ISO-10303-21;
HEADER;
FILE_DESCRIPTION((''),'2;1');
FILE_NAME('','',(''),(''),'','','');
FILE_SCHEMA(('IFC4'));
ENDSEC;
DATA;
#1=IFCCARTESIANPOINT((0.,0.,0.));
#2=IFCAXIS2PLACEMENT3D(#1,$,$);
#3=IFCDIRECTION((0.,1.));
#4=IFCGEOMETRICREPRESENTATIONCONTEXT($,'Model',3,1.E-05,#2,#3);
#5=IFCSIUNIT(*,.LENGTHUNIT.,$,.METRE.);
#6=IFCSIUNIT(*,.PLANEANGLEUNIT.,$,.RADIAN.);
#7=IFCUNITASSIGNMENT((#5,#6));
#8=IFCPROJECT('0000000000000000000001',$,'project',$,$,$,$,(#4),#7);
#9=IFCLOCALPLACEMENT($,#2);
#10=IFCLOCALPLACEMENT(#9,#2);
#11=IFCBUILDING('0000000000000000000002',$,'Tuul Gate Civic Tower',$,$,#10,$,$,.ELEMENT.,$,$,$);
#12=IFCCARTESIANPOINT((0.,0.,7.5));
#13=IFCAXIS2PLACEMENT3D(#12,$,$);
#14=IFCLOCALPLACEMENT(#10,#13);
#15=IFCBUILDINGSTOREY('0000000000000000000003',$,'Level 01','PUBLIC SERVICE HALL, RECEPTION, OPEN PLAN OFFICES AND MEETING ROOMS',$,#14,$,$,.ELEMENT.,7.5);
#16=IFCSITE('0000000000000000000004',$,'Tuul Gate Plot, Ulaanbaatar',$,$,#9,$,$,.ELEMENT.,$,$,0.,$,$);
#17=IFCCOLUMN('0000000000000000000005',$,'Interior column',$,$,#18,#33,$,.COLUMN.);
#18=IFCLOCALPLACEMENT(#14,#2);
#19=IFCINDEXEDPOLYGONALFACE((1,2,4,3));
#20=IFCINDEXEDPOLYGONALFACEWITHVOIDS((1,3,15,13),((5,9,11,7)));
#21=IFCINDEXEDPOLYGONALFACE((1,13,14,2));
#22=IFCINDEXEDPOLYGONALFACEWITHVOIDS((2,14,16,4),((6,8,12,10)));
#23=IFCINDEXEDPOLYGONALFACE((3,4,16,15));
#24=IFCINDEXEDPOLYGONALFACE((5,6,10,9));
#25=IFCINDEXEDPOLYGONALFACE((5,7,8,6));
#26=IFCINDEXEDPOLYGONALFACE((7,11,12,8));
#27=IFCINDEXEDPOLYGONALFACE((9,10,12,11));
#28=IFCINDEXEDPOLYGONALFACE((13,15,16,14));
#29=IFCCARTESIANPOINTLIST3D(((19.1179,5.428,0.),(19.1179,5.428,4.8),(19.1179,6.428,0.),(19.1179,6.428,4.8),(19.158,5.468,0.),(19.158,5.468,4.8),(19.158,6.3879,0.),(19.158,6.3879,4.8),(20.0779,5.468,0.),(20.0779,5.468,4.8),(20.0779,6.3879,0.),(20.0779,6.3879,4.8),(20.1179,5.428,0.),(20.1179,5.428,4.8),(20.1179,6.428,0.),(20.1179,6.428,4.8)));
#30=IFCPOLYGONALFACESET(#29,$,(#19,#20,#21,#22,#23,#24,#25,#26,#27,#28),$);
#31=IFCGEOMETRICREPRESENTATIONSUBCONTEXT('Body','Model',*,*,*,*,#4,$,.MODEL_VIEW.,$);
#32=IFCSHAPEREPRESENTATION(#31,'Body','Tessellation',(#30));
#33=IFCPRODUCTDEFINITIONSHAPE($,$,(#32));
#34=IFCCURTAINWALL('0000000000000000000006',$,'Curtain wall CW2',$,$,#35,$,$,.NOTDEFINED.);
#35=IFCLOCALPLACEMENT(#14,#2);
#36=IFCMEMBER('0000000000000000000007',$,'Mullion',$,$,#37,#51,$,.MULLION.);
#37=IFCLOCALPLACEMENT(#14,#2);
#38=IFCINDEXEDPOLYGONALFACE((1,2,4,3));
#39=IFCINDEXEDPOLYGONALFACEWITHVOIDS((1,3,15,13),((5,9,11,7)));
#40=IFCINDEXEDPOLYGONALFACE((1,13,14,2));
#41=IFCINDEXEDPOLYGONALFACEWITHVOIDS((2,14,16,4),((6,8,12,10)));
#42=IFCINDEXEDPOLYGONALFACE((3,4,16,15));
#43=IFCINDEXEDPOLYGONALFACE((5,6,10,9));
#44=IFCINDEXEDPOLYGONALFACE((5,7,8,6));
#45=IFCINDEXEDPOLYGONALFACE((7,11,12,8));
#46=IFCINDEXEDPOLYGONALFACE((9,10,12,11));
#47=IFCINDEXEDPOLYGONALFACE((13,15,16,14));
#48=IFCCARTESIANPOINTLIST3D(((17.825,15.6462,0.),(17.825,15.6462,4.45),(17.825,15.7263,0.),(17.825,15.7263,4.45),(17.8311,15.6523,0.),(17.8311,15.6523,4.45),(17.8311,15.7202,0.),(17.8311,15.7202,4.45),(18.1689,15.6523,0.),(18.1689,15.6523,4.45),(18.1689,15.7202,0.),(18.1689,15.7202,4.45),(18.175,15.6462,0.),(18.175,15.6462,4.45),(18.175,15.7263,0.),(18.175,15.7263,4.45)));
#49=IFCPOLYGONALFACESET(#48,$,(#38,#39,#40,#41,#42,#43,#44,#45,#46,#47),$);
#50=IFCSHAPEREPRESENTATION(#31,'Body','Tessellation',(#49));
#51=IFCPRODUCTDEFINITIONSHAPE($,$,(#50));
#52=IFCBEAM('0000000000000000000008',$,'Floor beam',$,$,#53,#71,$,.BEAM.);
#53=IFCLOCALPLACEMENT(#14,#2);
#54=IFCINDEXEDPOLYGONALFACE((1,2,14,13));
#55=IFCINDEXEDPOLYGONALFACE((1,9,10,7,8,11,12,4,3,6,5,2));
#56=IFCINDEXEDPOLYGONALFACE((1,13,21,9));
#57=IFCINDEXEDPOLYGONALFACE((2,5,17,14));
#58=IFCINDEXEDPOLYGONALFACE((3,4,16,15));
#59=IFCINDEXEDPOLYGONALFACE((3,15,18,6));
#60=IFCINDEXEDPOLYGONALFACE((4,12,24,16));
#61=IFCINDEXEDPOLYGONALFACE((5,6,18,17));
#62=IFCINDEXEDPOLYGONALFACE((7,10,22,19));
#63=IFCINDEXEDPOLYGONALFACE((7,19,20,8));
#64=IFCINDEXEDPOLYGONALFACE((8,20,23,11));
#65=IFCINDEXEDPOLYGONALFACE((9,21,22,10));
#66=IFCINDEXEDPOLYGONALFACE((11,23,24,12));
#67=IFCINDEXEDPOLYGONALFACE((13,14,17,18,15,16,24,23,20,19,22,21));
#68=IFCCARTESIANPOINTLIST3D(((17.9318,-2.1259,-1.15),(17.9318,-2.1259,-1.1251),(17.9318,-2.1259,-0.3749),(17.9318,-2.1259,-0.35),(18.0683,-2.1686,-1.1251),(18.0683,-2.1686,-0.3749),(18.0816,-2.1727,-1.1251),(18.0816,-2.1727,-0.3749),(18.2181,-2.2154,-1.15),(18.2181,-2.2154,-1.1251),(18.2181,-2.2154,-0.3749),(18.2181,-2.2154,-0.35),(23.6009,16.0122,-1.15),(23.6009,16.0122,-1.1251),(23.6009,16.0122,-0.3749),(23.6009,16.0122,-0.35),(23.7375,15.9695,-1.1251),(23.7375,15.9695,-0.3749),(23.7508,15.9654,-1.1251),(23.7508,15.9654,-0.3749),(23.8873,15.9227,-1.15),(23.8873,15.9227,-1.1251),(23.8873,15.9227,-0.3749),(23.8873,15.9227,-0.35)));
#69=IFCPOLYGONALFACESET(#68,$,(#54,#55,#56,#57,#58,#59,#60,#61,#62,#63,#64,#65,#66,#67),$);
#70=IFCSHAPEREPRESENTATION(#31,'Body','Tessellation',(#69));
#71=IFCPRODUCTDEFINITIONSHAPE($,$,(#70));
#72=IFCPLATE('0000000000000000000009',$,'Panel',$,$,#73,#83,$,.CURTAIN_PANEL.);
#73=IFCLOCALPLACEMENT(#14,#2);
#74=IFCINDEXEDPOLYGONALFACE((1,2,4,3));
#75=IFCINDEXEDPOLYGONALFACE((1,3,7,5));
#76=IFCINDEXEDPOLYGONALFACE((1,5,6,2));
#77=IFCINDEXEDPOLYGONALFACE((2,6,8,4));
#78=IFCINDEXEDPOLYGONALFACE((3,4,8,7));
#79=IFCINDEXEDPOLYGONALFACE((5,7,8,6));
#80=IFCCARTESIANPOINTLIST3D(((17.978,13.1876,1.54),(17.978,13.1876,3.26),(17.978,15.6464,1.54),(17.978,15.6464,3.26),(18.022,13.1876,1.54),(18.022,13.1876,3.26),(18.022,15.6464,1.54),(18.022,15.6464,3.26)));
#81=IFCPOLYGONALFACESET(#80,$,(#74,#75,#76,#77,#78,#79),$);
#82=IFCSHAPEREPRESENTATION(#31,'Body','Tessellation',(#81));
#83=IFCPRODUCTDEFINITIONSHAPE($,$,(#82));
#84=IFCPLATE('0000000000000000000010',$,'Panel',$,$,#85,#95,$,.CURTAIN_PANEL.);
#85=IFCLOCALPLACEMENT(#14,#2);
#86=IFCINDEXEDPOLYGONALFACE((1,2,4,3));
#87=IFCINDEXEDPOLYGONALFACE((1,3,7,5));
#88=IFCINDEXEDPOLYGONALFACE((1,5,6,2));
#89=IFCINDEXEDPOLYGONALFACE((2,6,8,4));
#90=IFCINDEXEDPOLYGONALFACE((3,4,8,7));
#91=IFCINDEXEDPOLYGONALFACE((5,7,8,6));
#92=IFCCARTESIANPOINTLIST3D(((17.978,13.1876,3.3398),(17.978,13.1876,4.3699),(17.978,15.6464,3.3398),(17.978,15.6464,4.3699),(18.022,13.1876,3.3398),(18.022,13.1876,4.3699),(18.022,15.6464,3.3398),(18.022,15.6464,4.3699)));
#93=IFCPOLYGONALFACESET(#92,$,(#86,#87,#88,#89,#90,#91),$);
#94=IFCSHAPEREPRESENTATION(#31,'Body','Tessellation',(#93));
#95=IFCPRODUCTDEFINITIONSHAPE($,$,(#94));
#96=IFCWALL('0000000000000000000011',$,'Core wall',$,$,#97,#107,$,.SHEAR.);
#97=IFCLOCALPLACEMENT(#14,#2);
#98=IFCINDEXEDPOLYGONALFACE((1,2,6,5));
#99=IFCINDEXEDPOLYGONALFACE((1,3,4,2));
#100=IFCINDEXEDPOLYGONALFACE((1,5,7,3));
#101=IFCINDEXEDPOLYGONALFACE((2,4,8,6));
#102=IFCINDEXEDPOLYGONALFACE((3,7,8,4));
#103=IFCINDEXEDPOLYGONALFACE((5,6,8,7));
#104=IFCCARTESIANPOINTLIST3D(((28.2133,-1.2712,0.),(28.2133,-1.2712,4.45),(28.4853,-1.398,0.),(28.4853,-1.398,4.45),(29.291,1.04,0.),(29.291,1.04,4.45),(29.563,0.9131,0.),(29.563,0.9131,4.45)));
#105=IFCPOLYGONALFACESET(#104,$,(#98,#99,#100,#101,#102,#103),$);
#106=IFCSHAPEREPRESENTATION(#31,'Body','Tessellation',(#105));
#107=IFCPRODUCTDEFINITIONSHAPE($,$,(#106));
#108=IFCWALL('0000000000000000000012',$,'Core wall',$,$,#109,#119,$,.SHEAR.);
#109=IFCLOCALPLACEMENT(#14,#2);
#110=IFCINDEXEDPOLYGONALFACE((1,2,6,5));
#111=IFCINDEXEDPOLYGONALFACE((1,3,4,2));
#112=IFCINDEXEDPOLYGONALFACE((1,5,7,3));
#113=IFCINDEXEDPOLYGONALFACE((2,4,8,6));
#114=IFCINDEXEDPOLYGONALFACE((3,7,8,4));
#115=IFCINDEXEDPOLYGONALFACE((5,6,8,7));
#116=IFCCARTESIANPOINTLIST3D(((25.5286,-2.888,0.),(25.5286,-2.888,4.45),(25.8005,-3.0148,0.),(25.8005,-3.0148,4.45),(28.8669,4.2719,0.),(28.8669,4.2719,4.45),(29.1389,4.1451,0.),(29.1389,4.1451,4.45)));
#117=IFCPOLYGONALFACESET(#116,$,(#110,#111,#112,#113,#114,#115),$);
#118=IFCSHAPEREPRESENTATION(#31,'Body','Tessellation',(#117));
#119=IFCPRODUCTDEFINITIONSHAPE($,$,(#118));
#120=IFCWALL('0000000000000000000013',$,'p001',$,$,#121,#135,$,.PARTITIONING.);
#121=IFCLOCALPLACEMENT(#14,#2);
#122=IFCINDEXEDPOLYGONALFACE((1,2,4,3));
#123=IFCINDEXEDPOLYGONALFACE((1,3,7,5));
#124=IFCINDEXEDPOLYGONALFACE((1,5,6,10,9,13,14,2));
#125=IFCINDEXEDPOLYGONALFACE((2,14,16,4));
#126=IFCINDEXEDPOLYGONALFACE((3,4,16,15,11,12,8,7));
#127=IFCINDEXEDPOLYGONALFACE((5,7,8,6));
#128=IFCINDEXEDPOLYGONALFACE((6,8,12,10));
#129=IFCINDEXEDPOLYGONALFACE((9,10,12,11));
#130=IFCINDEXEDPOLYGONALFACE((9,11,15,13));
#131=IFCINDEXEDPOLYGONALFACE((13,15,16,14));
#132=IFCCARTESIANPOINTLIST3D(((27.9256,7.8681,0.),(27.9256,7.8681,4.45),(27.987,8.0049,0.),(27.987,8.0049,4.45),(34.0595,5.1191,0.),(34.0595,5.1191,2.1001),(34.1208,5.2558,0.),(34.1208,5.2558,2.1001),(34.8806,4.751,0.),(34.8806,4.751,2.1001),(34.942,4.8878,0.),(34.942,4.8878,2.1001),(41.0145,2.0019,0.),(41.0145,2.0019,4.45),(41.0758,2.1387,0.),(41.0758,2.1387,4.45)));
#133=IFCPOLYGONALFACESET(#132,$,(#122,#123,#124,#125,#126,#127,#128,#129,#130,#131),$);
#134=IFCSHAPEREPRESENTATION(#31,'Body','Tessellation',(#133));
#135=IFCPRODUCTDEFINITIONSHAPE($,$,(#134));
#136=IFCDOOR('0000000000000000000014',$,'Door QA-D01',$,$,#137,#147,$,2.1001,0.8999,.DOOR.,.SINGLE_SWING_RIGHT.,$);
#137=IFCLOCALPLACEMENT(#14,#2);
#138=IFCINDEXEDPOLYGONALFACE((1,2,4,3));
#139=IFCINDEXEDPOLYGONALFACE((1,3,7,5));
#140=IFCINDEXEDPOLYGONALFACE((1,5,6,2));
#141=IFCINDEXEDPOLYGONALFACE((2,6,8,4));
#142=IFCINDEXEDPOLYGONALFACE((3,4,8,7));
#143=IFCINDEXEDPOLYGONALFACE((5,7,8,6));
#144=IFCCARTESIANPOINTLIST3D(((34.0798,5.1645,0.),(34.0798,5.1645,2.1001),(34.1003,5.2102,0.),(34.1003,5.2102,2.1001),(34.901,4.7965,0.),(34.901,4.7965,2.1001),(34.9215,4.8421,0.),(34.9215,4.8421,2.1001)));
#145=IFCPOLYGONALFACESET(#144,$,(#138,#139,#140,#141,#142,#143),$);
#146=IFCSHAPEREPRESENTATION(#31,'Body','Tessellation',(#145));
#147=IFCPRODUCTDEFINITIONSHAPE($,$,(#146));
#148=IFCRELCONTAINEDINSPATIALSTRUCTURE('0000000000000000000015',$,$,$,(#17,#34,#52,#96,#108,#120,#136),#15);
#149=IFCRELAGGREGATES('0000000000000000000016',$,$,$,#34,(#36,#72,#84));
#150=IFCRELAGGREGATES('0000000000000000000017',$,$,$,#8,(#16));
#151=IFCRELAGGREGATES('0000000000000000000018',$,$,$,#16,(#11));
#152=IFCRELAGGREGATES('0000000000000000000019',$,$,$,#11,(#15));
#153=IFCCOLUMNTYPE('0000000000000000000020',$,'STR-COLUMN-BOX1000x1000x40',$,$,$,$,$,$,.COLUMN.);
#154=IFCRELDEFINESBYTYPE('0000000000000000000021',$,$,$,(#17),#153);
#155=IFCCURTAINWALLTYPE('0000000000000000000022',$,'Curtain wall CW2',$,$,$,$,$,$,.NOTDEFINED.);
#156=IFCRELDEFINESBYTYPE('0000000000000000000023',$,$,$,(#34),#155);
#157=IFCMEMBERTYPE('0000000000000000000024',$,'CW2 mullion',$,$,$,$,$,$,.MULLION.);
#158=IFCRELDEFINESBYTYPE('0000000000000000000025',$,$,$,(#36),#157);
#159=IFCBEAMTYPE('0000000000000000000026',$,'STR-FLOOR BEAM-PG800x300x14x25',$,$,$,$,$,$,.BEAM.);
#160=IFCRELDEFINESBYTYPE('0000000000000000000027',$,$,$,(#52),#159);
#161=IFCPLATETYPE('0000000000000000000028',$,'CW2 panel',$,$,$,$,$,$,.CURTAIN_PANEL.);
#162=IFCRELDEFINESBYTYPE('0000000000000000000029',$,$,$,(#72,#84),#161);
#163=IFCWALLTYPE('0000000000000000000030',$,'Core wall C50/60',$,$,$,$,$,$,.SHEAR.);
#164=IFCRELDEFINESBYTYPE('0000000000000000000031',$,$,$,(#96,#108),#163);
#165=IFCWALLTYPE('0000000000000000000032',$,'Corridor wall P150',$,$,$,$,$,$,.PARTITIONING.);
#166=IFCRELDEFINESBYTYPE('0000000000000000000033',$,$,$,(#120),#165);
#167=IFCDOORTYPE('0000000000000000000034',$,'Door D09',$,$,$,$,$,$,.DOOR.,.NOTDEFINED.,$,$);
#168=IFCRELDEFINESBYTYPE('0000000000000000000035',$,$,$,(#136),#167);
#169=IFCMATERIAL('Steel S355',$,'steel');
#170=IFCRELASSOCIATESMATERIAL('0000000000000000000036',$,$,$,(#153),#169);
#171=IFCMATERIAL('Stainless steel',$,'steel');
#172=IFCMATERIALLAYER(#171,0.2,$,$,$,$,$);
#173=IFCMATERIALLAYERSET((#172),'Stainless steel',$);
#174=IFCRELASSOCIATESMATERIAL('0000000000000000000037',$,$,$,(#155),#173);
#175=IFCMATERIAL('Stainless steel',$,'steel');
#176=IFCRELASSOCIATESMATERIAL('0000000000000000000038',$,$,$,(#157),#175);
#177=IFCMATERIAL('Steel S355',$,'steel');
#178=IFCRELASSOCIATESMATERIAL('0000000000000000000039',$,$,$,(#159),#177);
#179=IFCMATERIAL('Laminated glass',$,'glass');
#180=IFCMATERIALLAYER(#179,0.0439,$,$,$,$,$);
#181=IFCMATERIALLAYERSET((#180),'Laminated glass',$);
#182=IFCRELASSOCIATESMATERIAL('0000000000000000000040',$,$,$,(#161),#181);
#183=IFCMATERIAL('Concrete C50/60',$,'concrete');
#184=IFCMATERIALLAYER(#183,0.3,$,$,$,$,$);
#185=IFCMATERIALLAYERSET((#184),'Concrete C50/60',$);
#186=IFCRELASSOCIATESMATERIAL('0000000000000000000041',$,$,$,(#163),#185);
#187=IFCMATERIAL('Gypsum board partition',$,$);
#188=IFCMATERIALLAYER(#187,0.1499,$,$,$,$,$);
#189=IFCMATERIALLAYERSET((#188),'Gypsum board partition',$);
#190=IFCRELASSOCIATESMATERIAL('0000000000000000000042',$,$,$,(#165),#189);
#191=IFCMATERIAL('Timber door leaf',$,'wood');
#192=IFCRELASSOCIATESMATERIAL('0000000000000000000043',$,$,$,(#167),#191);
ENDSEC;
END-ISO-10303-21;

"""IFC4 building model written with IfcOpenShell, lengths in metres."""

from ifc_helpers import new_model, si_unit, direction, frame, frame_2d, origin, origin_2d, place, context, subcontext, project, spatial, rectangle, hollow_rectangle, i_section, extrude, material, layer, layer_set, material_profile, profile_set, type_object, element, fill, aggregate, save


model = new_model("IFC4")

# Units and contexts
model_context = context("Model", 3, precision=1e-05, world=origin(), true_north=direction((0.0, 1.0)))
body_context = subcontext(model_context, "Body", "Model", "MODEL_VIEW")
ifc_project = project(units=[si_unit("LENGTHUNIT", "METRE"), si_unit("PLANEANGLEUNIT", "RADIAN")], contexts=[model_context])

# Site, building, storey
site_placement = place(None, origin())
site = spatial("IfcSite", under=ifc_project, at=site_placement, Name="Tuul Gate Plot, Ulaanbaatar", CompositionType="ELEMENT", RefElevation=0.0)
building_placement = place(site_placement, origin())
building = spatial("IfcBuilding", under=site, at=building_placement, Name="Tuul Gate Civic Tower", CompositionType="ELEMENT")
storey_placement = place(building_placement, frame((0.0, 0.0, 7.5)))
storey = spatial("IfcBuildingStorey", under=building, at=storey_placement, Name="Level 01", Description="PUBLIC SERVICE HALL, RECEPTION, OPEN PLAN OFFICES AND MEETING ROOMS", CompositionType="ELEMENT", Elevation=7.5)

# Column
ifc_material_1 = material(Name="Steel S355", Category="steel")
ifc_material_profile_1 = material_profile(ifc_material_1, hollow_rectangle(XDim=1.0, YDim=1.0, WallThickness=0.04, at=origin_2d()), Name="BOX1000x1000x40")
ifc_profile_set_1 = profile_set([ifc_material_profile_1], Name="Steel S355")
column_type = type_object("IfcColumnType", Name="STR-COLUMN-BOX1000x1000x40", PredefinedType="COLUMN", material=ifc_profile_set_1)
column_placement = place(storey_placement, frame((19.6179, 5.928, 0.0), z_axis=(0.0, 0.0, 1.0), x_axis=(1.0, 0.0, 0.0)))
element("IfcColumn", 1, at=column_placement, inside=storey, type_object=column_type, Name="Interior column", PredefinedType="COLUMN", context=body_context, shape_type="SweptSolid", body=[
    extrude(hollow_rectangle(XDim=1.0, YDim=1.0, WallThickness=0.04, at=origin_2d()), origin(), (0.0, 0.0, 1.0), 4.8),
])

# Curtain wall, member
ifc_material_2 = material(Name="Stainless steel", Category="steel")
ifc_layer_1 = layer(ifc_material_2, 0.2)
ifc_layer_set_1 = layer_set([ifc_layer_1], Name="Stainless steel")
curtain_wall_type = type_object("IfcCurtainWallType", Name="Curtain wall CW2", PredefinedType="NOTDEFINED", material=ifc_layer_set_1)
curtain_wall_placement = place(storey_placement, origin())
curtain_wall = element("IfcCurtainWall", 2, at=curtain_wall_placement, inside=storey, type_object=curtain_wall_type, Name="Curtain wall CW2", PredefinedType="NOTDEFINED")
ifc_material_3 = material(Name="Stainless steel", Category="steel")
ifc_material_profile_2 = material_profile(ifc_material_3, hollow_rectangle(XDim=0.3501, YDim=0.0801, WallThickness=0.0061, at=origin_2d()), Name="CW2 mullion")
ifc_profile_set_2 = profile_set([ifc_material_profile_2], Name="Stainless steel")
member_type = type_object("IfcMemberType", Name="CW2 mullion", PredefinedType="MULLION", material=ifc_profile_set_2)
member_placement = place(storey_placement, frame((18.0, 15.6863, 0.0), z_axis=(0.0, 0.0, 1.0), x_axis=(-1.0, 0.0, 0.0)))
member = element("IfcMember", 3, at=member_placement, type_object=member_type, Name="Mullion", PredefinedType="MULLION", context=body_context, shape_type="SweptSolid", body=[
    extrude(hollow_rectangle(XDim=0.3501, YDim=0.0801, WallThickness=0.0061, at=origin_2d()), origin(), (0.0, 0.0, 1.0), 4.45),
])

# Beam
ifc_material_4 = material(Name="Steel S355", Category="steel")
ifc_material_profile_3 = material_profile(ifc_material_4, i_section(OverallWidth=0.3, OverallDepth=0.8, WebThickness=0.0139, FlangeThickness=0.0249, at=origin_2d()), Name="PG800x300x14x25")
ifc_profile_set_3 = profile_set([ifc_material_profile_3], Name="Steel S355")
beam_type = type_object("IfcBeamType", Name="STR-FLOOR BEAM-PG800x300x14x25", PredefinedType="BEAM", material=ifc_profile_set_3)
beam_placement = place(storey_placement, frame((18.075, -2.1707, -0.75), z_axis=(0.298323, 0.954465, 0.0), x_axis=(-0.954465, 0.298323, 0.0)))
element("IfcBeam", 4, at=beam_placement, inside=storey, type_object=beam_type, Name="Floor beam", PredefinedType="BEAM", context=body_context, shape_type="SweptSolid", body=[
    extrude(i_section(OverallWidth=0.3, OverallDepth=0.8, WebThickness=0.0139, FlangeThickness=0.0249, at=origin_2d()), origin(), (0.0, 0.0, 1.0), 19.0034),
])

# Plates
ifc_material_5 = material(Name="Laminated glass", Category="glass")
ifc_layer_2 = layer(ifc_material_5, 0.0439)
ifc_layer_set_2 = layer_set([ifc_layer_2], Name="Laminated glass")
plate_type = type_object("IfcPlateType", Name="CW2 panel", PredefinedType="CURTAIN_PANEL", material=ifc_layer_set_2)
plate_1_placement = place(storey_placement, frame((18.0, 14.417, 1.54), z_axis=(0.0, 0.0, 1.0), x_axis=(0.0, 1.0, 0.0)))
plate_1 = element("IfcPlate", 5, at=plate_1_placement, type_object=plate_type, Name="Panel", PredefinedType="CURTAIN_PANEL", context=body_context, shape_type="SweptSolid", body=[
    extrude(rectangle(XDim=2.4587, YDim=0.0439, at=origin_2d()), origin(), (0.0, 0.0, 1.0), 1.72),
])
plate_2_placement = place(storey_placement, frame((18.0, 14.417, 3.3398), z_axis=(0.0, 0.0, 1.0), x_axis=(0.0, 1.0, 0.0)))
plate_2 = element("IfcPlate", 6, at=plate_2_placement, type_object=plate_type, Name="Panel", PredefinedType="CURTAIN_PANEL", context=body_context, shape_type="SweptSolid", body=[
    extrude(rectangle(XDim=2.4587, YDim=0.0439, at=origin_2d()), origin(), (0.0, 0.0, 1.0), 1.03),
])
aggregate(curtain_wall, [member, plate_1, plate_2])

# Walls
ifc_material_6 = material(Name="Concrete C50/60", Category="concrete")
ifc_layer_3 = layer(ifc_material_6, 0.3)
ifc_layer_set_3 = layer_set([ifc_layer_3], Name="Concrete C50/60")
wall_type_1 = type_object("IfcWallType", Name="Core wall C50/60", PredefinedType="SHEAR", material=ifc_layer_set_3)
wall_1_placement = place(storey_placement, frame((28.3494, -1.3345, 0.0), z_axis=(0.0, 0.0, 1.0), x_axis=(0.422613, 0.90631, 0.0)))
element("IfcWall", 7, at=wall_1_placement, inside=storey, type_object=wall_type_1, Name="Core wall", PredefinedType="SHEAR", context=body_context, shape_type="SweptSolid", body=[
    extrude(rectangle(XDim=2.55, YDim=0.3, at=frame_2d((1.2749, 0.0))), origin(), (0.0, 0.0, 1.0), 4.45),
])
wall_2_placement = place(storey_placement, frame((25.6646, -2.9514, 0.0), z_axis=(0.0, 0.0, 1.0), x_axis=(0.422583, 0.906324, 0.0)))
element("IfcWall", 8, at=wall_2_placement, inside=storey, type_object=wall_type_1, Name="Core wall", PredefinedType="SHEAR", context=body_context, shape_type="SweptSolid", body=[
    extrude(rectangle(XDim=7.8999, YDim=0.3, at=frame_2d((3.95, 0.0))), origin(), (0.0, 0.0, 1.0), 4.45),
])

# Wall, opening, door
ifc_material_7 = material(Name="Gypsum board partition")
ifc_layer_4 = layer(ifc_material_7, 0.1499)
ifc_layer_set_4 = layer_set([ifc_layer_4], Name="Gypsum board partition")
wall_type_2 = type_object("IfcWallType", Name="Corridor wall P150", PredefinedType="PARTITIONING", material=ifc_layer_set_4)
wall_3_placement = place(storey_placement, frame((27.9563, 7.9365, 0.0), z_axis=(0.0, 0.0, 1.0), x_axis=(0.912541, -0.408986, 0.0)))
wall_3 = element("IfcWall", 9, at=wall_3_placement, inside=storey, type_object=wall_type_2, Name="p001", PredefinedType="PARTITIONING", context=body_context, shape_type="SweptSolid", body=[
    extrude(rectangle(XDim=14.3433, YDim=0.1499, at=frame_2d((7.1716, 0.0))), origin(), (0.0, 0.0, 1.0), 4.45),
])
opening_1_placement = place(wall_3_placement, frame((6.7217, 0.0, 0.0)))
opening_1 = element("IfcOpeningElement", 10, at=opening_1_placement, cuts=wall_3, PredefinedType="OPENING", context=body_context, shape_type="SweptSolid", body=[
    extrude(rectangle(XDim=0.8999, YDim=2.1001, at=frame_2d((0.45, 1.05))), frame((0.0, 0.085, 0.0), z_axis=(0.0, -1.0, 0.0), x_axis=(1.0, 0.0, 0.0)), (0.0, 0.0, 1.0), 0.1699),
])
ifc_material_8 = material(Name="Timber door leaf", Category="wood")
door_type_1 = type_object("IfcDoorType", Name="Door D09", OperationType="NOTDEFINED", PredefinedType="DOOR", material=ifc_material_8)
door_1_placement = place(opening_1_placement, origin())
door_1 = element("IfcDoor", 11, at=door_1_placement, inside=storey, type_object=door_type_1, Name="Door QA-D01", OperationType="SINGLE_SWING_RIGHT", OverallHeight=2.1001, OverallWidth=0.8999, PredefinedType="DOOR", context=body_context, shape_type="SweptSolid", body=[
    extrude(rectangle(XDim=0.8999, YDim=2.1001, at=frame_2d((0.45, 1.05))), frame((0.0, 0.0249, 0.0), z_axis=(0.0, -1.0, 0.0), x_axis=(1.0, 0.0, 0.0)), (0.0, 0.0, 1.0), 0.05),
])
fill(opening_1, door_1)

save(model, "model.ifc")
